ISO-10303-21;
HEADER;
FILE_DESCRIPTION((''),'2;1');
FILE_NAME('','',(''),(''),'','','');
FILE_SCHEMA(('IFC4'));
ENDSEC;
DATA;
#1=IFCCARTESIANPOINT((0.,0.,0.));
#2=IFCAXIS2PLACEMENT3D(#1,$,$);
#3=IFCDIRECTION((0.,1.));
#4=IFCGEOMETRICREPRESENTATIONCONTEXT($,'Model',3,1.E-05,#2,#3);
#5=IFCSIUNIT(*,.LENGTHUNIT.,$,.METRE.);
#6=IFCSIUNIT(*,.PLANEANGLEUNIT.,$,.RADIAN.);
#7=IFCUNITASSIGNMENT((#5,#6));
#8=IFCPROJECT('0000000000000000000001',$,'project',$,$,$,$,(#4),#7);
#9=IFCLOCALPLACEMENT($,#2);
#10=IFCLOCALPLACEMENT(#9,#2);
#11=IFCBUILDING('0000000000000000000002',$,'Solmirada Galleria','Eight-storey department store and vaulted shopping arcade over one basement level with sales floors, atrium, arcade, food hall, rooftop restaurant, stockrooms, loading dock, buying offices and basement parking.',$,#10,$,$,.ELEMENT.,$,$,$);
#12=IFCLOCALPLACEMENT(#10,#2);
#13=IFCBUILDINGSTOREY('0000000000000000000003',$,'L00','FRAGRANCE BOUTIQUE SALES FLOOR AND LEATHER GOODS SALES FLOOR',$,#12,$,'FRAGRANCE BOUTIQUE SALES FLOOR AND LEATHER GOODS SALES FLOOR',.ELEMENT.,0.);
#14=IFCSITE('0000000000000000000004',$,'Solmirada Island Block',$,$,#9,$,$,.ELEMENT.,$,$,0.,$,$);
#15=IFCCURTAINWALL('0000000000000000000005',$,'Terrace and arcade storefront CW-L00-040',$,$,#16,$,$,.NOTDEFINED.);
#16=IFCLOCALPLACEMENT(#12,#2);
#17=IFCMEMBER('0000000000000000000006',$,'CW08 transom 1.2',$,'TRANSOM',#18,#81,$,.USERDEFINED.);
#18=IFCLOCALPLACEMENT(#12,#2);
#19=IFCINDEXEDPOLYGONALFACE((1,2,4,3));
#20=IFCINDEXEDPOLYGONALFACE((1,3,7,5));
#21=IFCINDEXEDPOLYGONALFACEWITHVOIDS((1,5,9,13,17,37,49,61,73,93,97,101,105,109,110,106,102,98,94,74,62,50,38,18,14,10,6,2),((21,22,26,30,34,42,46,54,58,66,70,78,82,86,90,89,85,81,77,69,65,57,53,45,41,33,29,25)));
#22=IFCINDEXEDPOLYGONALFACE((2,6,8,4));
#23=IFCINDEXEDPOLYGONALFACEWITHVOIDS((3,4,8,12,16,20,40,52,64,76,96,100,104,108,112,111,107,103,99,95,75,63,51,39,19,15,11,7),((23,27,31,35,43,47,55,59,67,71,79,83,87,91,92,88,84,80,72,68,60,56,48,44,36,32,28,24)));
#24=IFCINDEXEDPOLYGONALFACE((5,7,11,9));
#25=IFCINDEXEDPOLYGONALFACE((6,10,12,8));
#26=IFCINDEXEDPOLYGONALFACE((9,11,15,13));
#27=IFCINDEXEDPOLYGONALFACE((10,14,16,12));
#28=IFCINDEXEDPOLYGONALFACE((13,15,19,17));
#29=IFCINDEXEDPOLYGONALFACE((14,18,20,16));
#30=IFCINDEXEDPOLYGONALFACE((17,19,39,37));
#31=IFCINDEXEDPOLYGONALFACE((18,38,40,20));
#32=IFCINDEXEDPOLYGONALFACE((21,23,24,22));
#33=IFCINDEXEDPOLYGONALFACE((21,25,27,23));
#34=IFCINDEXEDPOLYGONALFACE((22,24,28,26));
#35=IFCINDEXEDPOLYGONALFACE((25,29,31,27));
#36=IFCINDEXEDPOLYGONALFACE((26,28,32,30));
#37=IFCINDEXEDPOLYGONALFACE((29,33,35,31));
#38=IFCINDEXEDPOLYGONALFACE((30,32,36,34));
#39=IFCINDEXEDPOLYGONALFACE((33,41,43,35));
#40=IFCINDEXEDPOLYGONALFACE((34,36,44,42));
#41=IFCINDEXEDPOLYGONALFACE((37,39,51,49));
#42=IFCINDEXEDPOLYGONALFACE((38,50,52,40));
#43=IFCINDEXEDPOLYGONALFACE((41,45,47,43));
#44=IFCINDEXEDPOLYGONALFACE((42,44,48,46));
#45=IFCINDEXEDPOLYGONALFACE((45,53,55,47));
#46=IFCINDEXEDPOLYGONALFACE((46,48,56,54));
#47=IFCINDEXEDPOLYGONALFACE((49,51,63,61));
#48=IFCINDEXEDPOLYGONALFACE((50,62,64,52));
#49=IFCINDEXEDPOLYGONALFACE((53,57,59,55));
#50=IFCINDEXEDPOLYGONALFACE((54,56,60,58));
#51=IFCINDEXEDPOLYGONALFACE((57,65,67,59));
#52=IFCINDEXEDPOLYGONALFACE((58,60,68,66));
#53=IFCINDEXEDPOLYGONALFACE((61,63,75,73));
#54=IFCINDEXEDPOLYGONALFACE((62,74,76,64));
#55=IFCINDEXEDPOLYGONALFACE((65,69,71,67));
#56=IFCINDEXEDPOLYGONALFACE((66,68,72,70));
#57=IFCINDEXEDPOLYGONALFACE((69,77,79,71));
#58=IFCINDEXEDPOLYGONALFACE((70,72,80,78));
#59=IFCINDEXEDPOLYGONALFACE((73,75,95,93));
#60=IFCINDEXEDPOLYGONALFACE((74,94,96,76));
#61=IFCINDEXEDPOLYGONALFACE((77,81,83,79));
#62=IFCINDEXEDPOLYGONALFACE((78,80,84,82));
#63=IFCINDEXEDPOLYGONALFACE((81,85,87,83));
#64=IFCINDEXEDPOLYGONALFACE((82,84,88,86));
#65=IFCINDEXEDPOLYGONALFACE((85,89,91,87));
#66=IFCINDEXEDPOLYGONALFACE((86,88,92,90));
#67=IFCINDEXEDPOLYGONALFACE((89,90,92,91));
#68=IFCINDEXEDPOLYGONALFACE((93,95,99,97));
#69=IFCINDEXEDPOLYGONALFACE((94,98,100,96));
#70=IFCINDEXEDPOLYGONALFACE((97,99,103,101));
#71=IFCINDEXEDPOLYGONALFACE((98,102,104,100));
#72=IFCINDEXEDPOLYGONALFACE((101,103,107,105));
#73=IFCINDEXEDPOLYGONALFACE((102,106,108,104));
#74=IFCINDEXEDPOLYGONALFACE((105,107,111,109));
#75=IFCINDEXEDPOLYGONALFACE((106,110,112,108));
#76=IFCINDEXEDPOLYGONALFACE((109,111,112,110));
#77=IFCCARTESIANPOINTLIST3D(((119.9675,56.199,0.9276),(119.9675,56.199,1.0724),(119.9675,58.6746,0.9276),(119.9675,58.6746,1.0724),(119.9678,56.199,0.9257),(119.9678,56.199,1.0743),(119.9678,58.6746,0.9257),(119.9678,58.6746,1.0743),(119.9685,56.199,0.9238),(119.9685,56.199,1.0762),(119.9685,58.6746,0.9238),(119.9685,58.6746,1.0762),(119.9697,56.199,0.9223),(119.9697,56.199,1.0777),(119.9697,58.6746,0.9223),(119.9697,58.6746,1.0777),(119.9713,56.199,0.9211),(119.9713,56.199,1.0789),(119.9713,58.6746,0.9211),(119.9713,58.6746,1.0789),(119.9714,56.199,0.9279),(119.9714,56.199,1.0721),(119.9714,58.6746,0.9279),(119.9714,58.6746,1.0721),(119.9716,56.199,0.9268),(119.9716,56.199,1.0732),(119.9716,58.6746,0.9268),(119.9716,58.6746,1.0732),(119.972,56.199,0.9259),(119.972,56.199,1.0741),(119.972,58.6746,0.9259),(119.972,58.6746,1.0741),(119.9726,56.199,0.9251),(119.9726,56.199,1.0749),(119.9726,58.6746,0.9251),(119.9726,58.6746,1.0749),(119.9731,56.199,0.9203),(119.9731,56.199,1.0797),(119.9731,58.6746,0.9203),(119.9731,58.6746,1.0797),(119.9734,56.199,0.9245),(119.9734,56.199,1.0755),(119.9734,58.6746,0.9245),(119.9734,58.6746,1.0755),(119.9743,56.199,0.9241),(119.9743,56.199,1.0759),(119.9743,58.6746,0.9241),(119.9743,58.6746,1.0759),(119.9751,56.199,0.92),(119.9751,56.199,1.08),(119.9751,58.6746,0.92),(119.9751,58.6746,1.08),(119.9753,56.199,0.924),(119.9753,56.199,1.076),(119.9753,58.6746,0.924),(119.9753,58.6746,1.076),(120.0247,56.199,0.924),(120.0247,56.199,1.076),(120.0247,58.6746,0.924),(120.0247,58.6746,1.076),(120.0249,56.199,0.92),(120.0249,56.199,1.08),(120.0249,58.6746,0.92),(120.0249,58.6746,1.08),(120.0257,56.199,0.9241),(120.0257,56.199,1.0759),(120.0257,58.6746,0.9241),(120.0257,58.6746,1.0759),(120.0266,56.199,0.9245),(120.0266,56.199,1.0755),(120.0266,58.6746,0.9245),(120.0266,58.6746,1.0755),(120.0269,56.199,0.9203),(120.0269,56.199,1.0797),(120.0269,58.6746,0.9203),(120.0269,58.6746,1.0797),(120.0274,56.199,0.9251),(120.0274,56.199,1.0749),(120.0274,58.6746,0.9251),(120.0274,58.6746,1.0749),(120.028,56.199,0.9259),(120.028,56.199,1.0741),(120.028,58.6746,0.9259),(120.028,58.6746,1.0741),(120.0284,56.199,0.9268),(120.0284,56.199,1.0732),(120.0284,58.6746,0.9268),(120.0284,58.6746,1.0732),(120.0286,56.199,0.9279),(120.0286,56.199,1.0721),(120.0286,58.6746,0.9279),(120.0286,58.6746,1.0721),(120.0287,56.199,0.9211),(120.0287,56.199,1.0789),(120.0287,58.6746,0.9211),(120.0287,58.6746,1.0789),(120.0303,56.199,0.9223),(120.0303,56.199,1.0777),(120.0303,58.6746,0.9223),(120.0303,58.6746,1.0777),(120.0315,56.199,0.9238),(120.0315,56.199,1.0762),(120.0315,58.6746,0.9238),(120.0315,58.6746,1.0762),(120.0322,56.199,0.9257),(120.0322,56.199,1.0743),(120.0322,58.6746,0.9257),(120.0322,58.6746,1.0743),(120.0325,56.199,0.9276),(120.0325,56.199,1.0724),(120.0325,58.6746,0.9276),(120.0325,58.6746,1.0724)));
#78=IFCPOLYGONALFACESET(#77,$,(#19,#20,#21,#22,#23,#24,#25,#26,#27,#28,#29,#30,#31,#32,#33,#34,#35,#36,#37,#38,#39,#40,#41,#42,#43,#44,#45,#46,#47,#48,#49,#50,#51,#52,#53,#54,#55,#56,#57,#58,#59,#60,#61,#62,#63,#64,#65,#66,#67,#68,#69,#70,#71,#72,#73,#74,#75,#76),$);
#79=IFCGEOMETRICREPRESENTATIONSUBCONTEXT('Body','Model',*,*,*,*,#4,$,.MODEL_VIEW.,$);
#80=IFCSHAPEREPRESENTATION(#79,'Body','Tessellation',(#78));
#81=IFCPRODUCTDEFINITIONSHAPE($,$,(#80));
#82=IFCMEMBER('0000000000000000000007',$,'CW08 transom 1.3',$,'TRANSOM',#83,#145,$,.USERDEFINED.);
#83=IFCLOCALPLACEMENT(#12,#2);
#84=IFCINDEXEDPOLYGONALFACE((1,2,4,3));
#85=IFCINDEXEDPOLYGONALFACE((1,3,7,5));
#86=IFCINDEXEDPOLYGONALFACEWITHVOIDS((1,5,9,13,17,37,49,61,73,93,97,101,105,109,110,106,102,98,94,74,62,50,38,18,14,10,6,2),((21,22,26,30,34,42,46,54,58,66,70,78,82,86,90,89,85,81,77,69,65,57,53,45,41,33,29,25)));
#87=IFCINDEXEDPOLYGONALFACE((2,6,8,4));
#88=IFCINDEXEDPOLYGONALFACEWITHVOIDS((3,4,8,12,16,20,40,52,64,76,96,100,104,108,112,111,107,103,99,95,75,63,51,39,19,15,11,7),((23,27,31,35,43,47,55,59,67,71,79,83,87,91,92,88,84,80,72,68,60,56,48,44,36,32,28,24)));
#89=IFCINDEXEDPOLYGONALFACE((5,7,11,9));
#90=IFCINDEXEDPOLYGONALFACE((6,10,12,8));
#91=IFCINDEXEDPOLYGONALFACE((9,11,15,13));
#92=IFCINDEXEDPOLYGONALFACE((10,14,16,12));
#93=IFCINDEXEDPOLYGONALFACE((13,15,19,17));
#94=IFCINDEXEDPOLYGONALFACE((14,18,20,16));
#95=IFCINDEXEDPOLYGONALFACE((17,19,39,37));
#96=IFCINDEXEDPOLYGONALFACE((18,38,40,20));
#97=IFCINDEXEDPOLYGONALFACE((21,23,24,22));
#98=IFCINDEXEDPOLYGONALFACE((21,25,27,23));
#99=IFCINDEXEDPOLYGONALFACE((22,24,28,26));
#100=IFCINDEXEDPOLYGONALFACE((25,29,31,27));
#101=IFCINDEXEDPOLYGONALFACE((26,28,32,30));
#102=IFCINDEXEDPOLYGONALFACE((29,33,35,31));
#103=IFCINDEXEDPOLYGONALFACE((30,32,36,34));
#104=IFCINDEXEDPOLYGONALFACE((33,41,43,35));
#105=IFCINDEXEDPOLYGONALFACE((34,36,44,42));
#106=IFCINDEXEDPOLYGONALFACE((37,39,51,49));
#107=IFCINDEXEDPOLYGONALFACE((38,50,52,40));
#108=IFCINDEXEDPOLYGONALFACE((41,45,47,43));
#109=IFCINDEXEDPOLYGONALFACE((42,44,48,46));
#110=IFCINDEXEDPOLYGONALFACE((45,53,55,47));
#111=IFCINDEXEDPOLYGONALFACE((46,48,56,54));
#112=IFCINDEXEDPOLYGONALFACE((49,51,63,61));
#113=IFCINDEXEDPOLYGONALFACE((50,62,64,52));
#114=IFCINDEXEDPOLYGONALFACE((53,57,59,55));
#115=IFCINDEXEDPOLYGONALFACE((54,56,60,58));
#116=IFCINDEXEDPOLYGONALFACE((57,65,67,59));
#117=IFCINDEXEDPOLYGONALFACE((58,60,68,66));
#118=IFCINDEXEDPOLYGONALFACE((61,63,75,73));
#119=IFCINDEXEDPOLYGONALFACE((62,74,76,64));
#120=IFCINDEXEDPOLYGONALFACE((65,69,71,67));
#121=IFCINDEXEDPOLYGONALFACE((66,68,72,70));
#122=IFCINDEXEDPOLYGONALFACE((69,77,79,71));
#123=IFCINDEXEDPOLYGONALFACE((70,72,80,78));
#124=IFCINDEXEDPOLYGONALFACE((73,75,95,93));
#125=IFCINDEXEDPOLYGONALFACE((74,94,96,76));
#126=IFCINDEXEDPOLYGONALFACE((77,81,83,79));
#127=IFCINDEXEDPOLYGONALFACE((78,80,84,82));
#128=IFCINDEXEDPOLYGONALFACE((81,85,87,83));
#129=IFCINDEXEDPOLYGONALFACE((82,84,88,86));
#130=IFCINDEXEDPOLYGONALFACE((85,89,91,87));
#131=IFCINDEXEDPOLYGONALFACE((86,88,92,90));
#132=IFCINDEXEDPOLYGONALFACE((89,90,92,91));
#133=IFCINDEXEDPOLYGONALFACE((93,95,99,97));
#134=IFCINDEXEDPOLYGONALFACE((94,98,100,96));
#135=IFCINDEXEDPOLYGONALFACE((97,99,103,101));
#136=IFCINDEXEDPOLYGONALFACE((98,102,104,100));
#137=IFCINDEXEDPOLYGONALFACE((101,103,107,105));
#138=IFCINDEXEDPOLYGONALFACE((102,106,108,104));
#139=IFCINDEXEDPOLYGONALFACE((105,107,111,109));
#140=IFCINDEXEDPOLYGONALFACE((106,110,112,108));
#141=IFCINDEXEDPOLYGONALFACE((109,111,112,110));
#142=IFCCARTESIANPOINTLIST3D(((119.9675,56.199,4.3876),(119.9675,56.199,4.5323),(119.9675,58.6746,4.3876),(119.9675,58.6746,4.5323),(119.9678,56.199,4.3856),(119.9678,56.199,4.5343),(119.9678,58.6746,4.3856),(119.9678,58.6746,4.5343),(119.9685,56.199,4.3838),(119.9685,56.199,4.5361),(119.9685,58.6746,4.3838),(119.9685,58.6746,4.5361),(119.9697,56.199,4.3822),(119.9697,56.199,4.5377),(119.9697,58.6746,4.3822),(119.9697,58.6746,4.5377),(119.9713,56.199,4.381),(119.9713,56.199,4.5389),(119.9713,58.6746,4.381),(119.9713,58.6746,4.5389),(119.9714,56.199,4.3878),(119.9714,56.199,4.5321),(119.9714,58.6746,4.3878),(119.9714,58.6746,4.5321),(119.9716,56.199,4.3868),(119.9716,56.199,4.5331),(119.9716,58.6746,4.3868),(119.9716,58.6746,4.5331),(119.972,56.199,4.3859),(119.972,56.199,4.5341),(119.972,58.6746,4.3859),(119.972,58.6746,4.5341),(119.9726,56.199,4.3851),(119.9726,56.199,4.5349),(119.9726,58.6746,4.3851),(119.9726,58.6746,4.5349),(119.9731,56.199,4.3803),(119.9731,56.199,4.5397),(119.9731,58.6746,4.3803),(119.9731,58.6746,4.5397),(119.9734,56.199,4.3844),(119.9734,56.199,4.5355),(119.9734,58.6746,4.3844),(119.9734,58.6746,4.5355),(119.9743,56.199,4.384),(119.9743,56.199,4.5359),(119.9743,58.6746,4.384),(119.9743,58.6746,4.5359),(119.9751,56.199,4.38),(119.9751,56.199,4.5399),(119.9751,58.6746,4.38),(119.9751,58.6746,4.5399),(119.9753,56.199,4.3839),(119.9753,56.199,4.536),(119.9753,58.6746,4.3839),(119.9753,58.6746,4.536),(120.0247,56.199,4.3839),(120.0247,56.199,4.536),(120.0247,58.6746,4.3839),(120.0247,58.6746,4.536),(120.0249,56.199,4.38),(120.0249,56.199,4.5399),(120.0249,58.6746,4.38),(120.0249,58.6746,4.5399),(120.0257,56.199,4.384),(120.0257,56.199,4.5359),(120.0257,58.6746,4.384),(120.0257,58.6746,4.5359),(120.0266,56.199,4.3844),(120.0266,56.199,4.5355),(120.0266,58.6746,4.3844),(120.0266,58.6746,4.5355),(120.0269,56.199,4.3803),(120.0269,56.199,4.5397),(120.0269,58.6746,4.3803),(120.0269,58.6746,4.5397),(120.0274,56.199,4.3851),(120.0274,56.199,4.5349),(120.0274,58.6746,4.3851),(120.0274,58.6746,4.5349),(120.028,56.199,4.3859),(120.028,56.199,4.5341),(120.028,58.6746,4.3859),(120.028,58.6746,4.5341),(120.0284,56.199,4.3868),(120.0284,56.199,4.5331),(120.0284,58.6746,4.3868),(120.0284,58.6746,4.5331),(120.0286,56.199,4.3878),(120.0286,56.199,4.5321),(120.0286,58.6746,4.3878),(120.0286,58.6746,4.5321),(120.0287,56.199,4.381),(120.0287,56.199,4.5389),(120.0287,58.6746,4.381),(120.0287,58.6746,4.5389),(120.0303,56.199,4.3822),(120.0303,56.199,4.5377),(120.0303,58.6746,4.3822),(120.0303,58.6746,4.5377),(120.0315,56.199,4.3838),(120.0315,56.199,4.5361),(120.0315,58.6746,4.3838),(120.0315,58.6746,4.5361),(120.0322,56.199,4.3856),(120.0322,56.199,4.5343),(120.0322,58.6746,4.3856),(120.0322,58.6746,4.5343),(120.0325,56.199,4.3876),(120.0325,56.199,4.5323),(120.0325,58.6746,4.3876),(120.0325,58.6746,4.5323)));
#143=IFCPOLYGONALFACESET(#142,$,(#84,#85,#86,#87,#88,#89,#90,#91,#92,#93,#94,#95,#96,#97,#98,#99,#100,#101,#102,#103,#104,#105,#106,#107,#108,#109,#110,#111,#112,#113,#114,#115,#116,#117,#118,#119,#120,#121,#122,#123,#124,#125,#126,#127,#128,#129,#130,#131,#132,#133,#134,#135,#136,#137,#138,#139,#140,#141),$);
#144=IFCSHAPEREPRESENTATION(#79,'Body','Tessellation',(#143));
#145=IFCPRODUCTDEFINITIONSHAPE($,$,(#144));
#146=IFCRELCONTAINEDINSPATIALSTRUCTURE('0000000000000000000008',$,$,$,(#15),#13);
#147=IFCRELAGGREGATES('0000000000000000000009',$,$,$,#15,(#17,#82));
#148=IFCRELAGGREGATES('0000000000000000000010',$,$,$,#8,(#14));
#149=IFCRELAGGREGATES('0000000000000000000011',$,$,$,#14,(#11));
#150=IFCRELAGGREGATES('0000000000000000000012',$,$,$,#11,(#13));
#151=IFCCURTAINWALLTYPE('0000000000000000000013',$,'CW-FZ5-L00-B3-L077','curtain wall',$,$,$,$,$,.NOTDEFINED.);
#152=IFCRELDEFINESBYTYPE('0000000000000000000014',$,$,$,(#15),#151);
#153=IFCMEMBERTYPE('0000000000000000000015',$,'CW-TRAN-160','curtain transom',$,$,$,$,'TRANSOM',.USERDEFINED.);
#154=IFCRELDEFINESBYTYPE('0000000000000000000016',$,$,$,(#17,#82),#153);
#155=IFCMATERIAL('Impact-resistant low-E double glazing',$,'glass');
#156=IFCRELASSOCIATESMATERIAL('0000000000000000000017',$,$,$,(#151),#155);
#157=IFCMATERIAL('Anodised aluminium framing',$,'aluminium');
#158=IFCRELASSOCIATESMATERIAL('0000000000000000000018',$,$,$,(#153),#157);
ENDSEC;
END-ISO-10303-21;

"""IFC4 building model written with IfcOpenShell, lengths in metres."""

from ifc_helpers import new_model, si_unit, direction, frame, origin, origin_2d, place, context, subcontext, project, spatial, hollow_rectangle, extrude, material, material_profile, profile_set, type_object, element, aggregate, save


model = new_model("IFC4")

# Units and contexts
model_context = context("Model", 3, precision=1e-05, world=origin(), true_north=direction((0.0, 1.0)))
body_context = subcontext(model_context, "Body", "Model", "MODEL_VIEW")
ifc_project = project(units=[si_unit("LENGTHUNIT", "METRE"), si_unit("PLANEANGLEUNIT", "RADIAN")], contexts=[model_context])

# Site, building, storey
site_placement = place(None, origin())
site = spatial("IfcSite", under=ifc_project, at=site_placement, Name="Solmirada Island Block", CompositionType="ELEMENT", RefElevation=0.0)
building_placement = place(site_placement, origin())
building = spatial("IfcBuilding", under=site, at=building_placement, Name="Solmirada Galleria", Description="Eight-storey department store and vaulted shopping arcade over one basement level with sales floors, atrium, arcade, food hall, rooftop restaurant, stockrooms, loading dock, buying offices and basement parking.", CompositionType="ELEMENT")
storey_placement = place(building_placement, origin())
storey = spatial("IfcBuildingStorey", under=building, at=storey_placement, Name="L00", Description="FRAGRANCE BOUTIQUE SALES FLOOR AND LEATHER GOODS SALES FLOOR", LongName="FRAGRANCE BOUTIQUE SALES FLOOR AND LEATHER GOODS SALES FLOOR", CompositionType="ELEMENT", Elevation=0.0)

# Shared definitions
ifc_material_1 = material(Name="Impact-resistant low-E double glazing", Category="glass")
ifc_material_2 = material(Name="Anodised aluminium framing", Category="aluminium")
curtain_wall_type_1 = type_object("IfcCurtainWallType", Name="CW-FZ5-L00-B3-L077", Description="curtain wall", PredefinedType="NOTDEFINED", material=ifc_material_1)

# Curtain wall
curtain_wall_1_placement = place(storey_placement, origin())
curtain_wall_1 = element("IfcCurtainWall", 1, at=curtain_wall_1_placement, inside=storey, type_object=curtain_wall_type_1, Name="Terrace and arcade storefront CW-L00-040", PredefinedType="NOTDEFINED")

# Shared definitions
ifc_material_profile_1 = material_profile(ifc_material_2, hollow_rectangle(XDim=0.0649, YDim=0.1599, WallThickness=0.0039, InnerFilletRadius=0.0039, OuterFilletRadius=0.0076, at=origin_2d()), Name="ALU-TRAN-160X65")
ifc_profile_set_1 = profile_set([ifc_material_profile_1], Name="Anodised aluminium framing")
member_type_1 = type_object("IfcMemberType", Name="CW-TRAN-160", Description="curtain transom", ElementType="TRANSOM", PredefinedType="USERDEFINED", material=ifc_profile_set_1)

# Members
member_1_placement = place(storey_placement, frame((120.0, 56.199, 1.0), z_axis=(0.0, 1.0, 0.0), x_axis=(-1.0, 0.0, 0.0)))
member_1 = element("IfcMember", 2, at=member_1_placement, type_object=member_type_1, Name="CW08 transom 1.2", ObjectType="TRANSOM", PredefinedType="USERDEFINED", context=body_context, shape_type="SweptSolid", body=[
    extrude(hollow_rectangle(XDim=0.0649, YDim=0.1599, WallThickness=0.0039, InnerFilletRadius=0.0039, OuterFilletRadius=0.0076, at=origin_2d()), origin(), (0.0, 0.0, 1.0), 2.4756),
])
member_2_placement = place(storey_placement, frame((120.0, 56.199, 4.46), z_axis=(0.0, 1.0, 0.0), x_axis=(-1.0, 0.0, 0.0)))
member_2 = element("IfcMember", 3, at=member_2_placement, type_object=member_type_1, Name="CW08 transom 1.3", ObjectType="TRANSOM", PredefinedType="USERDEFINED", context=body_context, shape_type="SweptSolid", body=[
    extrude(hollow_rectangle(XDim=0.0649, YDim=0.1599, WallThickness=0.0039, InnerFilletRadius=0.0039, OuterFilletRadius=0.0076, at=origin_2d()), origin(), (0.0, 0.0, 1.0), 2.4756),
])

aggregate(curtain_wall_1, [member_1, member_2])

save(model, "model.ifc")
